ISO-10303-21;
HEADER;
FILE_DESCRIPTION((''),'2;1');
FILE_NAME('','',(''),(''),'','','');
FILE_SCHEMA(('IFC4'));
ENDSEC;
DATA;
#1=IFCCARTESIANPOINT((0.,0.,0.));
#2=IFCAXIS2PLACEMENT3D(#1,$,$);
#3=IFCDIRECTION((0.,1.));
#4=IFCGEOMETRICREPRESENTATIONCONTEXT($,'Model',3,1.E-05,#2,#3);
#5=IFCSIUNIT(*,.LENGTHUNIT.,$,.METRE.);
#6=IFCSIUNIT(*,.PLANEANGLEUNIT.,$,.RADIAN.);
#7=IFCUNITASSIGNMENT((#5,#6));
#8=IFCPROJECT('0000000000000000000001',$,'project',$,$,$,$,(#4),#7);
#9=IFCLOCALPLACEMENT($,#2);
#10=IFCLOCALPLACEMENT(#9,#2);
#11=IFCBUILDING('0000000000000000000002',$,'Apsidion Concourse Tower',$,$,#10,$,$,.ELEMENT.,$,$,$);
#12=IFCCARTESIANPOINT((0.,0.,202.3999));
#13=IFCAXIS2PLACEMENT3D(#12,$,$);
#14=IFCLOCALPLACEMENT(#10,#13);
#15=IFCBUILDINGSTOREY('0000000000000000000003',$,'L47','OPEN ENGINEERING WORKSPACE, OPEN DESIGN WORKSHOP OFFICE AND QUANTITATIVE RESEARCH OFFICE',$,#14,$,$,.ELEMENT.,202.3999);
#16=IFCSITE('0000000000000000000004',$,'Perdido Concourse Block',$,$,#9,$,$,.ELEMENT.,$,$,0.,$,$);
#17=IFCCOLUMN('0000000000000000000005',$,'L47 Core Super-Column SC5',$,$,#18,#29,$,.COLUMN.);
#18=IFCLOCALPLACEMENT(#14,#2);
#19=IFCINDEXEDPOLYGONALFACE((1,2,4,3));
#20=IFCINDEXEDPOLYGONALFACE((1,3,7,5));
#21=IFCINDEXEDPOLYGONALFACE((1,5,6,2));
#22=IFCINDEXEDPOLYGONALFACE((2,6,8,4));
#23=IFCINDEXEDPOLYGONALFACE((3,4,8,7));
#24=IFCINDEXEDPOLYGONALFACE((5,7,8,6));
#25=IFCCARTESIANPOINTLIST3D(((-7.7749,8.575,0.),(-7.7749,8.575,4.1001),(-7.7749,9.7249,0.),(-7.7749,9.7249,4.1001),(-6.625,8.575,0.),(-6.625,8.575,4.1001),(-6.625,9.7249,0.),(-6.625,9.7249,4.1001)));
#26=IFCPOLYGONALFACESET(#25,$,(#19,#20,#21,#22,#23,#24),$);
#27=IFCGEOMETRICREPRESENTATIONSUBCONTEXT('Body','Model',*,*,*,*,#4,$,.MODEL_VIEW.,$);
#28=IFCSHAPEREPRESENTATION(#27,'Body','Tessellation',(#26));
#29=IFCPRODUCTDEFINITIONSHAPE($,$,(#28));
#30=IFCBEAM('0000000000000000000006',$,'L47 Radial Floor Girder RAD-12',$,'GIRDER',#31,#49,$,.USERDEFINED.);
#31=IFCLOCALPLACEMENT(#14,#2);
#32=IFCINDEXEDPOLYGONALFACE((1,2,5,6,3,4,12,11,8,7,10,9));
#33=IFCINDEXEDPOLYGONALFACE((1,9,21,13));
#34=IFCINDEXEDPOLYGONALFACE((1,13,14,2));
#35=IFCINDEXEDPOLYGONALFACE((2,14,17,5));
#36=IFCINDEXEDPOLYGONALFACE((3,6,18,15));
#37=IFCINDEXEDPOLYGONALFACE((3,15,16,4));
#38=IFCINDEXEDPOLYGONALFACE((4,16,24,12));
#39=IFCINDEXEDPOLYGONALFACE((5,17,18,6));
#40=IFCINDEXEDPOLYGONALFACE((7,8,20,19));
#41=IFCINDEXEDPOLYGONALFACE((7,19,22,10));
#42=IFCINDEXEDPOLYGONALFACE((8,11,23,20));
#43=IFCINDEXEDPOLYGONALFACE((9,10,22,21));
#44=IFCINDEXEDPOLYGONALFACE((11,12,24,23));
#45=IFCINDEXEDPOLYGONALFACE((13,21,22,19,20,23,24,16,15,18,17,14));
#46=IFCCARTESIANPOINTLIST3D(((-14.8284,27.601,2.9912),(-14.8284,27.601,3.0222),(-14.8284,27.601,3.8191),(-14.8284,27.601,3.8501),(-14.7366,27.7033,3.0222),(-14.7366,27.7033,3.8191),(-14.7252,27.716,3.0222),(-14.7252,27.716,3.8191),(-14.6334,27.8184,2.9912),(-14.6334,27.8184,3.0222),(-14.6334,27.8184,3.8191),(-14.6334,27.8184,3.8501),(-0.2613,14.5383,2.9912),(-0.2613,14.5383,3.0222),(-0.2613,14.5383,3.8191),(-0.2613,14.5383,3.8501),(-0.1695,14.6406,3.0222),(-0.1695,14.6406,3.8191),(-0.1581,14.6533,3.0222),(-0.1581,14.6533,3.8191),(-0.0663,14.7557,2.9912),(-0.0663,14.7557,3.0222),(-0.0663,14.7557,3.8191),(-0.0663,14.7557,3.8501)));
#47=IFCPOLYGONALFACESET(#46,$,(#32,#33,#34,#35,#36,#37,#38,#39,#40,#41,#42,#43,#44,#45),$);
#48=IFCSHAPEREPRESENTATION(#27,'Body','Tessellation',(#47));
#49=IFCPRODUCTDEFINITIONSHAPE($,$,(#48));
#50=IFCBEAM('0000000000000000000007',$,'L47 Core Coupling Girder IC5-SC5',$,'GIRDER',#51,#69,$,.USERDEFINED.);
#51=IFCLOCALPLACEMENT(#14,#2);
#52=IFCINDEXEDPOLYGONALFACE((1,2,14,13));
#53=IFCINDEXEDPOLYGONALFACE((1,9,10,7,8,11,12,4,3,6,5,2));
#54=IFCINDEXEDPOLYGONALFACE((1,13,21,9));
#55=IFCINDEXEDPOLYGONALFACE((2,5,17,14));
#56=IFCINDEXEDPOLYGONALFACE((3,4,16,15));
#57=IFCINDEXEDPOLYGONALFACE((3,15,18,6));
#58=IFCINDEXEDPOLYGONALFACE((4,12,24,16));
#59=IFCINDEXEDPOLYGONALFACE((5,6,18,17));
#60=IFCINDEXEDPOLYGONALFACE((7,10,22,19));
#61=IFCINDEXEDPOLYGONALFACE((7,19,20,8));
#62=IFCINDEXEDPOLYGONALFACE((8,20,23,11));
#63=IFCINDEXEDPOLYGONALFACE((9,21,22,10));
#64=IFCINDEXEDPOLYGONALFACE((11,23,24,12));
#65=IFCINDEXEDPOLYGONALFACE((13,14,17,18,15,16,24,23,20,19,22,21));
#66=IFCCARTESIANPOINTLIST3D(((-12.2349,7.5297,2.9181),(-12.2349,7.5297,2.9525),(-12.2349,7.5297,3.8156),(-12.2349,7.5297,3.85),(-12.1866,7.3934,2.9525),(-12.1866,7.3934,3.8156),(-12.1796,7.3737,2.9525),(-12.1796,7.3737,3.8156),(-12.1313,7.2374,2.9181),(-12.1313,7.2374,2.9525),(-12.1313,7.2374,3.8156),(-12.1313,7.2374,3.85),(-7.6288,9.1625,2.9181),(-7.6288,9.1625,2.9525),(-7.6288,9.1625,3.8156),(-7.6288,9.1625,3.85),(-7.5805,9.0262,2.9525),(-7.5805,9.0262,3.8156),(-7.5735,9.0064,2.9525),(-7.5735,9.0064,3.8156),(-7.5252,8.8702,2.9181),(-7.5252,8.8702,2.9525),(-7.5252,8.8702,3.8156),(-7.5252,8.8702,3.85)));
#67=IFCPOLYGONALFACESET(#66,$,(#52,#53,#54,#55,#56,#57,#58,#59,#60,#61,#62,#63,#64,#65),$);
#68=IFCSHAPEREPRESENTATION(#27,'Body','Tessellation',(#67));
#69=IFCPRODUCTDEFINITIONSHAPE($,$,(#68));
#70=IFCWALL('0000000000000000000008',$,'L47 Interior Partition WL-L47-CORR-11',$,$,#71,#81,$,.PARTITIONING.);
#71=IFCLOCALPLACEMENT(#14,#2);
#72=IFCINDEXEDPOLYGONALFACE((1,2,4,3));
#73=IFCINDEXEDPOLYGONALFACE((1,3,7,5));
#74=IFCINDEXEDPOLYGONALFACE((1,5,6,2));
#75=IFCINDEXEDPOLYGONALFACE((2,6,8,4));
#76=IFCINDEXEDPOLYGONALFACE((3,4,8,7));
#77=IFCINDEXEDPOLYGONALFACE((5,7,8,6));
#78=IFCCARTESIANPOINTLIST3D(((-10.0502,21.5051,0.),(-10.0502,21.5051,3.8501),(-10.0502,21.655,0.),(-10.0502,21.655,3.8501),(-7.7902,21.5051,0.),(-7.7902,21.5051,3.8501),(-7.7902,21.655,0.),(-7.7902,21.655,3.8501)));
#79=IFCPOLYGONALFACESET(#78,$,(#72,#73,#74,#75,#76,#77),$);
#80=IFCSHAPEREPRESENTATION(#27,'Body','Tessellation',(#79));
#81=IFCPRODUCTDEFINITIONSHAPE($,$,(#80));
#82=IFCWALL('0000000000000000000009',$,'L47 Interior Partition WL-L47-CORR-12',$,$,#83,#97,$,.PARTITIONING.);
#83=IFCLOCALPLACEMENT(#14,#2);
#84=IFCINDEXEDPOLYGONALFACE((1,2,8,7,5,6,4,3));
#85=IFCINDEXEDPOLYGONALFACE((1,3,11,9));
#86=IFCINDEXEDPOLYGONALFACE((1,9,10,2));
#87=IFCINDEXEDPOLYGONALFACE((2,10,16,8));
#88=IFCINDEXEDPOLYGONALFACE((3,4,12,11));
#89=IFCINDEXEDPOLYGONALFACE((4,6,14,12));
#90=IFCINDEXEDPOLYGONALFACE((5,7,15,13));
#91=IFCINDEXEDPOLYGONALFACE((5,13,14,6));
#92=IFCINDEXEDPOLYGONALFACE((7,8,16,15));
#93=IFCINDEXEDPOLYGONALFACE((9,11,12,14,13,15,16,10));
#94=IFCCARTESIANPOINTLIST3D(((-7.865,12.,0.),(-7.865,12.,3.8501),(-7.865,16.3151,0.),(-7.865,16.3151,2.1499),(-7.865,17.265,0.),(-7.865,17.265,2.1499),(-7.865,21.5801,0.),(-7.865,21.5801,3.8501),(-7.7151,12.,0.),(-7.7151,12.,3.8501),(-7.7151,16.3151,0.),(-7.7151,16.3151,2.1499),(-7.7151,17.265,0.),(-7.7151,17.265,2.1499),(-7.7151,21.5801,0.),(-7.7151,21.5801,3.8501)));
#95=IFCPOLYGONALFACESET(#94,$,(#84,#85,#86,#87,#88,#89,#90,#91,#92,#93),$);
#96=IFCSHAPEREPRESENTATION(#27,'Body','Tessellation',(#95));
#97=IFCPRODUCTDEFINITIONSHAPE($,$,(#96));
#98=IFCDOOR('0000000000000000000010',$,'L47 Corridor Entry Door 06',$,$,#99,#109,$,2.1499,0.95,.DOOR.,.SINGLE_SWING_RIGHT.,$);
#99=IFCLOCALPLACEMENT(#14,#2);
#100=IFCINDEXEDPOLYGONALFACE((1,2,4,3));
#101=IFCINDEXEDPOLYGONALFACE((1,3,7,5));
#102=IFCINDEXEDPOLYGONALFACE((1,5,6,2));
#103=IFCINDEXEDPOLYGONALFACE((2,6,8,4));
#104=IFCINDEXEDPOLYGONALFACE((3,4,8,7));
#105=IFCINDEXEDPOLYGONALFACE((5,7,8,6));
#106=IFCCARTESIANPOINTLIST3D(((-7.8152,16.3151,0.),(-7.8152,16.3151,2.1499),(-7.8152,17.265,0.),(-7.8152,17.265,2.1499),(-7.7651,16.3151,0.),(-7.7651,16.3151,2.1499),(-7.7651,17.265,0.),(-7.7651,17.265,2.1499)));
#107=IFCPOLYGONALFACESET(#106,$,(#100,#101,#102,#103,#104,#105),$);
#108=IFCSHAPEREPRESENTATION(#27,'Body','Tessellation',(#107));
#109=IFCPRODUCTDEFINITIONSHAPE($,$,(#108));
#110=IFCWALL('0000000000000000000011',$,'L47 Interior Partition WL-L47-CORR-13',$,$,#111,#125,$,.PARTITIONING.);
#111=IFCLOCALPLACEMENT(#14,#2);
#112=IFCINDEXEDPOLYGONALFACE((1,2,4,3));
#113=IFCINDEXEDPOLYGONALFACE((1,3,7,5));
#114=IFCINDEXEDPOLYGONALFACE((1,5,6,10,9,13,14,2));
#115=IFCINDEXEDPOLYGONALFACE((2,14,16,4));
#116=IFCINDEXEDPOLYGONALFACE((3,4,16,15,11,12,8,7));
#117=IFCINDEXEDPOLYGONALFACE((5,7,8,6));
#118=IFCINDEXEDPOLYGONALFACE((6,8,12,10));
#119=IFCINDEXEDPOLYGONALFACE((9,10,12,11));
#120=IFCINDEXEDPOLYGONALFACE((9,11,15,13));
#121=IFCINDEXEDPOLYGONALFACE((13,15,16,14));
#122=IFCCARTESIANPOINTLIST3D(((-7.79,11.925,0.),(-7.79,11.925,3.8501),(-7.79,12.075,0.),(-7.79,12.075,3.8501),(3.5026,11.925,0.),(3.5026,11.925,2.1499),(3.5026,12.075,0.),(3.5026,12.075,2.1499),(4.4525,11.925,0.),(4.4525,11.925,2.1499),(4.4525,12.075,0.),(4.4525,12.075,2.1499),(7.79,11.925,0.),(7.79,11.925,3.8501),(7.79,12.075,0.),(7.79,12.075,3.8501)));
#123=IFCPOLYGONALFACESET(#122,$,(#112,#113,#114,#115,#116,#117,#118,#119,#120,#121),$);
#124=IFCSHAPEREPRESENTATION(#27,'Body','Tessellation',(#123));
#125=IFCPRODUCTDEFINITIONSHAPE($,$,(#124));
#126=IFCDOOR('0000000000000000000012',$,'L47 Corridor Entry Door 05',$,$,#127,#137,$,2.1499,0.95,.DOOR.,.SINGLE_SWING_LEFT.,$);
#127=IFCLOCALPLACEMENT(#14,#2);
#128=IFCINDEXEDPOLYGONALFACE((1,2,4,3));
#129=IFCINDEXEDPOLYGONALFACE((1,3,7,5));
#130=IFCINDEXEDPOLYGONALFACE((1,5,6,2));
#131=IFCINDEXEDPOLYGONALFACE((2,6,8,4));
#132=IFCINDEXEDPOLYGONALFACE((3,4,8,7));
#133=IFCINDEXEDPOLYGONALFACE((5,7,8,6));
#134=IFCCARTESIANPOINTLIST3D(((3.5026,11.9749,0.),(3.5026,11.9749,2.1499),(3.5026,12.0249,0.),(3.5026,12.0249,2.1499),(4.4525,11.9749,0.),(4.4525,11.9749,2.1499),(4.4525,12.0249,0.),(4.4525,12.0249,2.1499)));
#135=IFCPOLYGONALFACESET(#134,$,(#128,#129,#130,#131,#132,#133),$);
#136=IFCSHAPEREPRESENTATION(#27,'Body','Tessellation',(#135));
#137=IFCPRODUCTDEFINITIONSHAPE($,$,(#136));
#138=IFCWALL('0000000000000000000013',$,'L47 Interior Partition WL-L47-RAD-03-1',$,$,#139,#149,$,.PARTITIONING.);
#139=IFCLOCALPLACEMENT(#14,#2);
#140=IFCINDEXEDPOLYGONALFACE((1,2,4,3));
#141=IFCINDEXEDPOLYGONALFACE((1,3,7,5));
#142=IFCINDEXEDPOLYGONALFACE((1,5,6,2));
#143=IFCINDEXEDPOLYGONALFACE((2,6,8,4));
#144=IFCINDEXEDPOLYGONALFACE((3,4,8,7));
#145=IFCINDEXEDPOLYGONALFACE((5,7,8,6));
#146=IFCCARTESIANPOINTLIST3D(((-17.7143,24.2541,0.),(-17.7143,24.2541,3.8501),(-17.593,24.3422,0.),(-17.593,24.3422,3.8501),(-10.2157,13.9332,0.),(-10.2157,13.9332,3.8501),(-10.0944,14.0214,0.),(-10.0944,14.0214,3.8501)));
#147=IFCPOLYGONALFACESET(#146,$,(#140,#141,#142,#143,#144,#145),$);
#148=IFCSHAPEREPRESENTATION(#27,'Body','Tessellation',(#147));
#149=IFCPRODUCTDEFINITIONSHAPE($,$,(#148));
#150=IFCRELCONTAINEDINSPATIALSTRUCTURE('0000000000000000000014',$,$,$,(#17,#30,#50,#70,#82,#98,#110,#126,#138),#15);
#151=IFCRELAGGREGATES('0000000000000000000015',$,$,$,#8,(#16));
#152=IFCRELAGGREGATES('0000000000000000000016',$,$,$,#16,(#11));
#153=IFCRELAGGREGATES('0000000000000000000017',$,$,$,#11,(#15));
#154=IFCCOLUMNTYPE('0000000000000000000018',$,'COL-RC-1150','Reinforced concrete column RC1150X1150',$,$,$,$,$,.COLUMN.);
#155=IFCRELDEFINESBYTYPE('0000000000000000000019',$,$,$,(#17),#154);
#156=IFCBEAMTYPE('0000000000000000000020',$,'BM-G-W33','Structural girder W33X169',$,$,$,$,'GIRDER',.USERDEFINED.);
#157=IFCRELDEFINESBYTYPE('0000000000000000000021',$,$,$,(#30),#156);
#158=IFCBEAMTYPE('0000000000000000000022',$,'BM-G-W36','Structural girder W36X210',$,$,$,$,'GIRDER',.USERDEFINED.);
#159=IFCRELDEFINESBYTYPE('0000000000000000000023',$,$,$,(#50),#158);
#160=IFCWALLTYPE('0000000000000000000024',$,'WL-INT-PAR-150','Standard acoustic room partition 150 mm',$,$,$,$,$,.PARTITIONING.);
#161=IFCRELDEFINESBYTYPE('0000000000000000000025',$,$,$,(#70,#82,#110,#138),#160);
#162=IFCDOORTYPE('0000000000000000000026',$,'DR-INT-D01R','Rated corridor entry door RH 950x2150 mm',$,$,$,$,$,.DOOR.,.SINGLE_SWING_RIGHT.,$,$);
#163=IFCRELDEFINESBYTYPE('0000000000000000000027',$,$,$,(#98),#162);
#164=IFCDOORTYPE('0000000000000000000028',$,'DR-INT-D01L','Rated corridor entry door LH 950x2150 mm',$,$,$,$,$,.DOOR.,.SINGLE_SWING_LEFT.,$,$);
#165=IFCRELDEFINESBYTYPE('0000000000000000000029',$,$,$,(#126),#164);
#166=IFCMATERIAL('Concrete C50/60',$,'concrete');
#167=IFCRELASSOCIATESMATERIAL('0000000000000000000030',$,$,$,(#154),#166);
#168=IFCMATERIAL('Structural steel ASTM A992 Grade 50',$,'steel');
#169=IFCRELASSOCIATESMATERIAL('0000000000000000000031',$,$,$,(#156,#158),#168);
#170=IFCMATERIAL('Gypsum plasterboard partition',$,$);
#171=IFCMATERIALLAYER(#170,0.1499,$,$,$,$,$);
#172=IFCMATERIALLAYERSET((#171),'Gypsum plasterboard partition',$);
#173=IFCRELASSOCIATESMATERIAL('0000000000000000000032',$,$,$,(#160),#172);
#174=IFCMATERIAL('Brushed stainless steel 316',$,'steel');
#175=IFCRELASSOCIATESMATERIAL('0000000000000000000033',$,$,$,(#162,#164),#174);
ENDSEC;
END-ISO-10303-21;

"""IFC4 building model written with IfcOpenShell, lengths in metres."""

from ifc_helpers import new_model, si_unit, direction, frame, frame_2d, origin, origin_2d, place, context, subcontext, project, spatial, rectangle, i_section, extrude, material, layer, layer_set, material_profile, profile_set, type_object, element, fill, save


model = new_model("IFC4")

# Units and contexts
model_context = context("Model", 3, precision=1e-05, world=origin(), true_north=direction((0.0, 1.0)))
body_context = subcontext(model_context, "Body", "Model", "MODEL_VIEW")
ifc_project = project(units=[si_unit("LENGTHUNIT", "METRE"), si_unit("PLANEANGLEUNIT", "RADIAN")], contexts=[model_context])

# Site, building, storey
site_placement = place(None, origin())
site = spatial("IfcSite", under=ifc_project, at=site_placement, Name="Perdido Concourse Block", CompositionType="ELEMENT", RefElevation=0.0)
building_placement = place(site_placement, origin())
building = spatial("IfcBuilding", under=site, at=building_placement, Name="Apsidion Concourse Tower", CompositionType="ELEMENT")
storey_placement = place(building_placement, frame((0.0, 0.0, 202.3999)))
storey = spatial("IfcBuildingStorey", under=building, at=storey_placement, Name="L47", Description="OPEN ENGINEERING WORKSPACE, OPEN DESIGN WORKSHOP OFFICE AND QUANTITATIVE RESEARCH OFFICE", CompositionType="ELEMENT", Elevation=202.3999)

# Column
ifc_material_1 = material(Name="Concrete C50/60", Category="concrete")
ifc_material_profile_1 = material_profile(ifc_material_1, rectangle(XDim=1.1499, YDim=1.1499, at=origin_2d()), Name="RC 1150x1150")
ifc_profile_set_1 = profile_set([ifc_material_profile_1], Name="Concrete C50/60")
column_type = type_object("IfcColumnType", Name="COL-RC-1150", Description="Reinforced concrete column RC1150X1150", PredefinedType="COLUMN", material=ifc_profile_set_1)
column_placement = place(storey_placement, frame((-7.2, 9.1499, 0.0), z_axis=(0.0, 0.0, 1.0), x_axis=(1.0, 0.0, 0.0)))
element("IfcColumn", 1, at=column_placement, inside=storey, type_object=column_type, Name="L47 Core Super-Column SC5", PredefinedType="COLUMN", context=body_context, shape_type="SweptSolid", body=[
    extrude(rectangle(XDim=1.1499, YDim=1.1499, at=origin_2d()), origin(), (0.0, 0.0, 1.0), 4.1001),
])

# Beams
ifc_material_2 = material(Name="Structural steel ASTM A992 Grade 50", Category="steel")
ifc_material_profile_2 = material_profile(ifc_material_2, i_section(OverallWidth=0.292, OverallDepth=0.8589, WebThickness=0.0171, FlangeThickness=0.031, at=origin_2d()), Name="W33X169")
ifc_profile_set_2 = profile_set([ifc_material_profile_2], Name="Structural steel ASTM A992 Grade 50")
beam_type_1 = type_object("IfcBeamType", Name="BM-G-W33", Description="Structural girder W33X169", ElementType="GIRDER", PredefinedType="USERDEFINED", material=ifc_profile_set_2)
beam_1_placement = place(storey_placement, frame((-0.1638, 14.647, 3.4207), z_axis=(-0.744505, 0.667617, 0.0), x_axis=(-0.667617, -0.744505, 0.0)))
element("IfcBeam", 2, at=beam_1_placement, inside=storey, type_object=beam_type_1, Name="L47 Radial Floor Girder RAD-12", ObjectType="GIRDER", PredefinedType="USERDEFINED", context=body_context, shape_type="SweptSolid", body=[
    extrude(i_section(OverallWidth=0.292, OverallDepth=0.8589, WebThickness=0.0171, FlangeThickness=0.031, at=origin_2d()), origin(), (0.0, 0.0, 1.0), 19.5662),
])
ifc_material_profile_3 = material_profile(ifc_material_2, i_section(OverallWidth=0.3101, OverallDepth=0.9319, WebThickness=0.021, FlangeThickness=0.0344, at=origin_2d()), Name="W36X210")
ifc_profile_set_3 = profile_set([ifc_material_profile_3], Name="Structural steel ASTM A992 Grade 50")
beam_type_2 = type_object("IfcBeamType", Name="BM-G-W36", Description="Structural girder W36X210", ElementType="GIRDER", PredefinedType="USERDEFINED", material=ifc_profile_set_3)
beam_2_placement = place(storey_placement, frame((-12.1831, 7.3835, 3.384), z_axis=(0.942534, 0.334111, 0.0), x_axis=(-0.334111, 0.942534, 0.0)))
element("IfcBeam", 3, at=beam_2_placement, inside=storey, type_object=beam_type_2, Name="L47 Core Coupling Girder IC5-SC5", ObjectType="GIRDER", PredefinedType="USERDEFINED", context=body_context, shape_type="SweptSolid", body=[
    extrude(i_section(OverallWidth=0.3101, OverallDepth=0.9319, WebThickness=0.021, FlangeThickness=0.0344, at=origin_2d()), origin(), (0.0, 0.0, 1.0), 4.887),
])

# Wall
ifc_material_3 = material(Name="Gypsum plasterboard partition")
ifc_layer_1 = layer(ifc_material_3, 0.1499)
ifc_layer_set_1 = layer_set([ifc_layer_1], Name="Gypsum plasterboard partition")
wall_type_1 = type_object("IfcWallType", Name="WL-INT-PAR-150", Description="Standard acoustic room partition 150 mm", PredefinedType="PARTITIONING", material=ifc_layer_set_1)
wall_1_placement = place(storey_placement, frame((-10.05, 21.5801, 0.0), z_axis=(0.0, 0.0, 1.0), x_axis=(1.0, 0.0, 0.0)))
element("IfcWall", 4, at=wall_1_placement, inside=storey, type_object=wall_type_1, Name="L47 Interior Partition WL-L47-CORR-11", PredefinedType="PARTITIONING", context=body_context, shape_type="SweptSolid", body=[
    extrude(rectangle(XDim=2.26, YDim=0.1499, at=frame_2d((1.1299, 0.0))), origin(), (0.0, 0.0, 1.0), 3.8501),
])

# Walls, openings, doors
wall_2_placement = place(storey_placement, frame((-7.79, 21.5801, 0.0), z_axis=(0.0, 0.0, 1.0), x_axis=(0.0, -1.0, 0.0)))
wall_2 = element("IfcWall", 5, at=wall_2_placement, inside=storey, type_object=wall_type_1, Name="L47 Interior Partition WL-L47-CORR-12", PredefinedType="PARTITIONING", context=body_context, shape_type="SweptSolid", body=[
    extrude(rectangle(XDim=9.5801, YDim=0.1499, at=frame_2d((4.79, 0.0))), origin(), (0.0, 0.0, 1.0), 3.8501),
])
opening_1_placement = place(wall_2_placement, frame((4.3149, 0.0, 0.0)))
opening_1 = element("IfcOpeningElement", 6, at=opening_1_placement, cuts=wall_2, PredefinedType="OPENING", context=body_context, shape_type="SweptSolid", body=[
    extrude(rectangle(XDim=0.95, YDim=2.1499, at=frame_2d((0.4751, 1.075))), frame((0.0, 0.085, 0.0), z_axis=(0.0, -1.0, 0.0), x_axis=(1.0, 0.0, 0.0)), (0.0, 0.0, 1.0), 0.1699),
])
ifc_material_4 = material(Name="Brushed stainless steel 316", Category="steel")
door_type_1 = type_object("IfcDoorType", Name="DR-INT-D01R", Description="Rated corridor entry door RH 950x2150 mm", OperationType="SINGLE_SWING_RIGHT", PredefinedType="DOOR", material=ifc_material_4)
door_1_placement = place(opening_1_placement, origin())
door_1 = element("IfcDoor", 7, at=door_1_placement, inside=storey, type_object=door_type_1, Name="L47 Corridor Entry Door 06", OperationType="SINGLE_SWING_RIGHT", OverallHeight=2.1499, OverallWidth=0.95, PredefinedType="DOOR", context=body_context, shape_type="SweptSolid", body=[
    extrude(rectangle(XDim=0.95, YDim=2.1499, at=frame_2d((0.4751, 1.075))), frame((0.0, 0.0249, 0.0), z_axis=(0.0, -1.0, 0.0), x_axis=(1.0, 0.0, 0.0)), (0.0, 0.0, 1.0), 0.05),
])
fill(opening_1, door_1)
wall_3_placement = place(storey_placement, frame((-7.79, 12.0, 0.0), z_axis=(0.0, 0.0, 1.0), x_axis=(1.0, 0.0, 0.0)))
wall_3 = element("IfcWall", 8, at=wall_3_placement, inside=storey, type_object=wall_type_1, Name="L47 Interior Partition WL-L47-CORR-13", PredefinedType="PARTITIONING", context=body_context, shape_type="SweptSolid", body=[
    extrude(rectangle(XDim=15.5801, YDim=0.1499, at=frame_2d((7.79, 0.0))), origin(), (0.0, 0.0, 1.0), 3.8501),
])
opening_2_placement = place(wall_3_placement, frame((11.2925, 0.0, 0.0)))
opening_2 = element("IfcOpeningElement", 9, at=opening_2_placement, cuts=wall_3, PredefinedType="OPENING", context=body_context, shape_type="SweptSolid", body=[
    extrude(rectangle(XDim=0.95, YDim=2.1499, at=frame_2d((0.4751, 1.075))), frame((0.0, 0.085, 0.0), z_axis=(0.0, -1.0, 0.0), x_axis=(1.0, 0.0, 0.0)), (0.0, 0.0, 1.0), 0.1699),
])
door_type_2 = type_object("IfcDoorType", Name="DR-INT-D01L", Description="Rated corridor entry door LH 950x2150 mm", OperationType="SINGLE_SWING_LEFT", PredefinedType="DOOR", material=ifc_material_4)
door_2_placement = place(opening_2_placement, origin())
door_2 = element("IfcDoor", 10, at=door_2_placement, inside=storey, type_object=door_type_2, Name="L47 Corridor Entry Door 05", OperationType="SINGLE_SWING_LEFT", OverallHeight=2.1499, OverallWidth=0.95, PredefinedType="DOOR", context=body_context, shape_type="SweptSolid", body=[
    extrude(rectangle(XDim=0.95, YDim=2.1499, at=frame_2d((0.4751, 1.075))), frame((0.0, 0.0249, 0.0), z_axis=(0.0, -1.0, 0.0), x_axis=(1.0, 0.0, 0.0)), (0.0, 0.0, 1.0), 0.05),
])
fill(opening_2, door_2)

# Wall
wall_4_placement = place(storey_placement, frame((-10.155, 13.9773, 0.0), z_axis=(0.0, 0.0, 1.0), x_axis=(-0.587787, 0.809016, 0.0)))
element("IfcWall", 11, at=wall_4_placement, inside=storey, type_object=wall_type_1, Name="L47 Interior Partition WL-L47-RAD-03-1", PredefinedType="PARTITIONING", context=body_context, shape_type="SweptSolid", body=[
    extrude(rectangle(XDim=12.7573, YDim=0.1499, at=frame_2d((6.3787, 0.0))), origin(), (0.0, 0.0, 1.0), 3.8501),
])

save(model, "model.ifc")
